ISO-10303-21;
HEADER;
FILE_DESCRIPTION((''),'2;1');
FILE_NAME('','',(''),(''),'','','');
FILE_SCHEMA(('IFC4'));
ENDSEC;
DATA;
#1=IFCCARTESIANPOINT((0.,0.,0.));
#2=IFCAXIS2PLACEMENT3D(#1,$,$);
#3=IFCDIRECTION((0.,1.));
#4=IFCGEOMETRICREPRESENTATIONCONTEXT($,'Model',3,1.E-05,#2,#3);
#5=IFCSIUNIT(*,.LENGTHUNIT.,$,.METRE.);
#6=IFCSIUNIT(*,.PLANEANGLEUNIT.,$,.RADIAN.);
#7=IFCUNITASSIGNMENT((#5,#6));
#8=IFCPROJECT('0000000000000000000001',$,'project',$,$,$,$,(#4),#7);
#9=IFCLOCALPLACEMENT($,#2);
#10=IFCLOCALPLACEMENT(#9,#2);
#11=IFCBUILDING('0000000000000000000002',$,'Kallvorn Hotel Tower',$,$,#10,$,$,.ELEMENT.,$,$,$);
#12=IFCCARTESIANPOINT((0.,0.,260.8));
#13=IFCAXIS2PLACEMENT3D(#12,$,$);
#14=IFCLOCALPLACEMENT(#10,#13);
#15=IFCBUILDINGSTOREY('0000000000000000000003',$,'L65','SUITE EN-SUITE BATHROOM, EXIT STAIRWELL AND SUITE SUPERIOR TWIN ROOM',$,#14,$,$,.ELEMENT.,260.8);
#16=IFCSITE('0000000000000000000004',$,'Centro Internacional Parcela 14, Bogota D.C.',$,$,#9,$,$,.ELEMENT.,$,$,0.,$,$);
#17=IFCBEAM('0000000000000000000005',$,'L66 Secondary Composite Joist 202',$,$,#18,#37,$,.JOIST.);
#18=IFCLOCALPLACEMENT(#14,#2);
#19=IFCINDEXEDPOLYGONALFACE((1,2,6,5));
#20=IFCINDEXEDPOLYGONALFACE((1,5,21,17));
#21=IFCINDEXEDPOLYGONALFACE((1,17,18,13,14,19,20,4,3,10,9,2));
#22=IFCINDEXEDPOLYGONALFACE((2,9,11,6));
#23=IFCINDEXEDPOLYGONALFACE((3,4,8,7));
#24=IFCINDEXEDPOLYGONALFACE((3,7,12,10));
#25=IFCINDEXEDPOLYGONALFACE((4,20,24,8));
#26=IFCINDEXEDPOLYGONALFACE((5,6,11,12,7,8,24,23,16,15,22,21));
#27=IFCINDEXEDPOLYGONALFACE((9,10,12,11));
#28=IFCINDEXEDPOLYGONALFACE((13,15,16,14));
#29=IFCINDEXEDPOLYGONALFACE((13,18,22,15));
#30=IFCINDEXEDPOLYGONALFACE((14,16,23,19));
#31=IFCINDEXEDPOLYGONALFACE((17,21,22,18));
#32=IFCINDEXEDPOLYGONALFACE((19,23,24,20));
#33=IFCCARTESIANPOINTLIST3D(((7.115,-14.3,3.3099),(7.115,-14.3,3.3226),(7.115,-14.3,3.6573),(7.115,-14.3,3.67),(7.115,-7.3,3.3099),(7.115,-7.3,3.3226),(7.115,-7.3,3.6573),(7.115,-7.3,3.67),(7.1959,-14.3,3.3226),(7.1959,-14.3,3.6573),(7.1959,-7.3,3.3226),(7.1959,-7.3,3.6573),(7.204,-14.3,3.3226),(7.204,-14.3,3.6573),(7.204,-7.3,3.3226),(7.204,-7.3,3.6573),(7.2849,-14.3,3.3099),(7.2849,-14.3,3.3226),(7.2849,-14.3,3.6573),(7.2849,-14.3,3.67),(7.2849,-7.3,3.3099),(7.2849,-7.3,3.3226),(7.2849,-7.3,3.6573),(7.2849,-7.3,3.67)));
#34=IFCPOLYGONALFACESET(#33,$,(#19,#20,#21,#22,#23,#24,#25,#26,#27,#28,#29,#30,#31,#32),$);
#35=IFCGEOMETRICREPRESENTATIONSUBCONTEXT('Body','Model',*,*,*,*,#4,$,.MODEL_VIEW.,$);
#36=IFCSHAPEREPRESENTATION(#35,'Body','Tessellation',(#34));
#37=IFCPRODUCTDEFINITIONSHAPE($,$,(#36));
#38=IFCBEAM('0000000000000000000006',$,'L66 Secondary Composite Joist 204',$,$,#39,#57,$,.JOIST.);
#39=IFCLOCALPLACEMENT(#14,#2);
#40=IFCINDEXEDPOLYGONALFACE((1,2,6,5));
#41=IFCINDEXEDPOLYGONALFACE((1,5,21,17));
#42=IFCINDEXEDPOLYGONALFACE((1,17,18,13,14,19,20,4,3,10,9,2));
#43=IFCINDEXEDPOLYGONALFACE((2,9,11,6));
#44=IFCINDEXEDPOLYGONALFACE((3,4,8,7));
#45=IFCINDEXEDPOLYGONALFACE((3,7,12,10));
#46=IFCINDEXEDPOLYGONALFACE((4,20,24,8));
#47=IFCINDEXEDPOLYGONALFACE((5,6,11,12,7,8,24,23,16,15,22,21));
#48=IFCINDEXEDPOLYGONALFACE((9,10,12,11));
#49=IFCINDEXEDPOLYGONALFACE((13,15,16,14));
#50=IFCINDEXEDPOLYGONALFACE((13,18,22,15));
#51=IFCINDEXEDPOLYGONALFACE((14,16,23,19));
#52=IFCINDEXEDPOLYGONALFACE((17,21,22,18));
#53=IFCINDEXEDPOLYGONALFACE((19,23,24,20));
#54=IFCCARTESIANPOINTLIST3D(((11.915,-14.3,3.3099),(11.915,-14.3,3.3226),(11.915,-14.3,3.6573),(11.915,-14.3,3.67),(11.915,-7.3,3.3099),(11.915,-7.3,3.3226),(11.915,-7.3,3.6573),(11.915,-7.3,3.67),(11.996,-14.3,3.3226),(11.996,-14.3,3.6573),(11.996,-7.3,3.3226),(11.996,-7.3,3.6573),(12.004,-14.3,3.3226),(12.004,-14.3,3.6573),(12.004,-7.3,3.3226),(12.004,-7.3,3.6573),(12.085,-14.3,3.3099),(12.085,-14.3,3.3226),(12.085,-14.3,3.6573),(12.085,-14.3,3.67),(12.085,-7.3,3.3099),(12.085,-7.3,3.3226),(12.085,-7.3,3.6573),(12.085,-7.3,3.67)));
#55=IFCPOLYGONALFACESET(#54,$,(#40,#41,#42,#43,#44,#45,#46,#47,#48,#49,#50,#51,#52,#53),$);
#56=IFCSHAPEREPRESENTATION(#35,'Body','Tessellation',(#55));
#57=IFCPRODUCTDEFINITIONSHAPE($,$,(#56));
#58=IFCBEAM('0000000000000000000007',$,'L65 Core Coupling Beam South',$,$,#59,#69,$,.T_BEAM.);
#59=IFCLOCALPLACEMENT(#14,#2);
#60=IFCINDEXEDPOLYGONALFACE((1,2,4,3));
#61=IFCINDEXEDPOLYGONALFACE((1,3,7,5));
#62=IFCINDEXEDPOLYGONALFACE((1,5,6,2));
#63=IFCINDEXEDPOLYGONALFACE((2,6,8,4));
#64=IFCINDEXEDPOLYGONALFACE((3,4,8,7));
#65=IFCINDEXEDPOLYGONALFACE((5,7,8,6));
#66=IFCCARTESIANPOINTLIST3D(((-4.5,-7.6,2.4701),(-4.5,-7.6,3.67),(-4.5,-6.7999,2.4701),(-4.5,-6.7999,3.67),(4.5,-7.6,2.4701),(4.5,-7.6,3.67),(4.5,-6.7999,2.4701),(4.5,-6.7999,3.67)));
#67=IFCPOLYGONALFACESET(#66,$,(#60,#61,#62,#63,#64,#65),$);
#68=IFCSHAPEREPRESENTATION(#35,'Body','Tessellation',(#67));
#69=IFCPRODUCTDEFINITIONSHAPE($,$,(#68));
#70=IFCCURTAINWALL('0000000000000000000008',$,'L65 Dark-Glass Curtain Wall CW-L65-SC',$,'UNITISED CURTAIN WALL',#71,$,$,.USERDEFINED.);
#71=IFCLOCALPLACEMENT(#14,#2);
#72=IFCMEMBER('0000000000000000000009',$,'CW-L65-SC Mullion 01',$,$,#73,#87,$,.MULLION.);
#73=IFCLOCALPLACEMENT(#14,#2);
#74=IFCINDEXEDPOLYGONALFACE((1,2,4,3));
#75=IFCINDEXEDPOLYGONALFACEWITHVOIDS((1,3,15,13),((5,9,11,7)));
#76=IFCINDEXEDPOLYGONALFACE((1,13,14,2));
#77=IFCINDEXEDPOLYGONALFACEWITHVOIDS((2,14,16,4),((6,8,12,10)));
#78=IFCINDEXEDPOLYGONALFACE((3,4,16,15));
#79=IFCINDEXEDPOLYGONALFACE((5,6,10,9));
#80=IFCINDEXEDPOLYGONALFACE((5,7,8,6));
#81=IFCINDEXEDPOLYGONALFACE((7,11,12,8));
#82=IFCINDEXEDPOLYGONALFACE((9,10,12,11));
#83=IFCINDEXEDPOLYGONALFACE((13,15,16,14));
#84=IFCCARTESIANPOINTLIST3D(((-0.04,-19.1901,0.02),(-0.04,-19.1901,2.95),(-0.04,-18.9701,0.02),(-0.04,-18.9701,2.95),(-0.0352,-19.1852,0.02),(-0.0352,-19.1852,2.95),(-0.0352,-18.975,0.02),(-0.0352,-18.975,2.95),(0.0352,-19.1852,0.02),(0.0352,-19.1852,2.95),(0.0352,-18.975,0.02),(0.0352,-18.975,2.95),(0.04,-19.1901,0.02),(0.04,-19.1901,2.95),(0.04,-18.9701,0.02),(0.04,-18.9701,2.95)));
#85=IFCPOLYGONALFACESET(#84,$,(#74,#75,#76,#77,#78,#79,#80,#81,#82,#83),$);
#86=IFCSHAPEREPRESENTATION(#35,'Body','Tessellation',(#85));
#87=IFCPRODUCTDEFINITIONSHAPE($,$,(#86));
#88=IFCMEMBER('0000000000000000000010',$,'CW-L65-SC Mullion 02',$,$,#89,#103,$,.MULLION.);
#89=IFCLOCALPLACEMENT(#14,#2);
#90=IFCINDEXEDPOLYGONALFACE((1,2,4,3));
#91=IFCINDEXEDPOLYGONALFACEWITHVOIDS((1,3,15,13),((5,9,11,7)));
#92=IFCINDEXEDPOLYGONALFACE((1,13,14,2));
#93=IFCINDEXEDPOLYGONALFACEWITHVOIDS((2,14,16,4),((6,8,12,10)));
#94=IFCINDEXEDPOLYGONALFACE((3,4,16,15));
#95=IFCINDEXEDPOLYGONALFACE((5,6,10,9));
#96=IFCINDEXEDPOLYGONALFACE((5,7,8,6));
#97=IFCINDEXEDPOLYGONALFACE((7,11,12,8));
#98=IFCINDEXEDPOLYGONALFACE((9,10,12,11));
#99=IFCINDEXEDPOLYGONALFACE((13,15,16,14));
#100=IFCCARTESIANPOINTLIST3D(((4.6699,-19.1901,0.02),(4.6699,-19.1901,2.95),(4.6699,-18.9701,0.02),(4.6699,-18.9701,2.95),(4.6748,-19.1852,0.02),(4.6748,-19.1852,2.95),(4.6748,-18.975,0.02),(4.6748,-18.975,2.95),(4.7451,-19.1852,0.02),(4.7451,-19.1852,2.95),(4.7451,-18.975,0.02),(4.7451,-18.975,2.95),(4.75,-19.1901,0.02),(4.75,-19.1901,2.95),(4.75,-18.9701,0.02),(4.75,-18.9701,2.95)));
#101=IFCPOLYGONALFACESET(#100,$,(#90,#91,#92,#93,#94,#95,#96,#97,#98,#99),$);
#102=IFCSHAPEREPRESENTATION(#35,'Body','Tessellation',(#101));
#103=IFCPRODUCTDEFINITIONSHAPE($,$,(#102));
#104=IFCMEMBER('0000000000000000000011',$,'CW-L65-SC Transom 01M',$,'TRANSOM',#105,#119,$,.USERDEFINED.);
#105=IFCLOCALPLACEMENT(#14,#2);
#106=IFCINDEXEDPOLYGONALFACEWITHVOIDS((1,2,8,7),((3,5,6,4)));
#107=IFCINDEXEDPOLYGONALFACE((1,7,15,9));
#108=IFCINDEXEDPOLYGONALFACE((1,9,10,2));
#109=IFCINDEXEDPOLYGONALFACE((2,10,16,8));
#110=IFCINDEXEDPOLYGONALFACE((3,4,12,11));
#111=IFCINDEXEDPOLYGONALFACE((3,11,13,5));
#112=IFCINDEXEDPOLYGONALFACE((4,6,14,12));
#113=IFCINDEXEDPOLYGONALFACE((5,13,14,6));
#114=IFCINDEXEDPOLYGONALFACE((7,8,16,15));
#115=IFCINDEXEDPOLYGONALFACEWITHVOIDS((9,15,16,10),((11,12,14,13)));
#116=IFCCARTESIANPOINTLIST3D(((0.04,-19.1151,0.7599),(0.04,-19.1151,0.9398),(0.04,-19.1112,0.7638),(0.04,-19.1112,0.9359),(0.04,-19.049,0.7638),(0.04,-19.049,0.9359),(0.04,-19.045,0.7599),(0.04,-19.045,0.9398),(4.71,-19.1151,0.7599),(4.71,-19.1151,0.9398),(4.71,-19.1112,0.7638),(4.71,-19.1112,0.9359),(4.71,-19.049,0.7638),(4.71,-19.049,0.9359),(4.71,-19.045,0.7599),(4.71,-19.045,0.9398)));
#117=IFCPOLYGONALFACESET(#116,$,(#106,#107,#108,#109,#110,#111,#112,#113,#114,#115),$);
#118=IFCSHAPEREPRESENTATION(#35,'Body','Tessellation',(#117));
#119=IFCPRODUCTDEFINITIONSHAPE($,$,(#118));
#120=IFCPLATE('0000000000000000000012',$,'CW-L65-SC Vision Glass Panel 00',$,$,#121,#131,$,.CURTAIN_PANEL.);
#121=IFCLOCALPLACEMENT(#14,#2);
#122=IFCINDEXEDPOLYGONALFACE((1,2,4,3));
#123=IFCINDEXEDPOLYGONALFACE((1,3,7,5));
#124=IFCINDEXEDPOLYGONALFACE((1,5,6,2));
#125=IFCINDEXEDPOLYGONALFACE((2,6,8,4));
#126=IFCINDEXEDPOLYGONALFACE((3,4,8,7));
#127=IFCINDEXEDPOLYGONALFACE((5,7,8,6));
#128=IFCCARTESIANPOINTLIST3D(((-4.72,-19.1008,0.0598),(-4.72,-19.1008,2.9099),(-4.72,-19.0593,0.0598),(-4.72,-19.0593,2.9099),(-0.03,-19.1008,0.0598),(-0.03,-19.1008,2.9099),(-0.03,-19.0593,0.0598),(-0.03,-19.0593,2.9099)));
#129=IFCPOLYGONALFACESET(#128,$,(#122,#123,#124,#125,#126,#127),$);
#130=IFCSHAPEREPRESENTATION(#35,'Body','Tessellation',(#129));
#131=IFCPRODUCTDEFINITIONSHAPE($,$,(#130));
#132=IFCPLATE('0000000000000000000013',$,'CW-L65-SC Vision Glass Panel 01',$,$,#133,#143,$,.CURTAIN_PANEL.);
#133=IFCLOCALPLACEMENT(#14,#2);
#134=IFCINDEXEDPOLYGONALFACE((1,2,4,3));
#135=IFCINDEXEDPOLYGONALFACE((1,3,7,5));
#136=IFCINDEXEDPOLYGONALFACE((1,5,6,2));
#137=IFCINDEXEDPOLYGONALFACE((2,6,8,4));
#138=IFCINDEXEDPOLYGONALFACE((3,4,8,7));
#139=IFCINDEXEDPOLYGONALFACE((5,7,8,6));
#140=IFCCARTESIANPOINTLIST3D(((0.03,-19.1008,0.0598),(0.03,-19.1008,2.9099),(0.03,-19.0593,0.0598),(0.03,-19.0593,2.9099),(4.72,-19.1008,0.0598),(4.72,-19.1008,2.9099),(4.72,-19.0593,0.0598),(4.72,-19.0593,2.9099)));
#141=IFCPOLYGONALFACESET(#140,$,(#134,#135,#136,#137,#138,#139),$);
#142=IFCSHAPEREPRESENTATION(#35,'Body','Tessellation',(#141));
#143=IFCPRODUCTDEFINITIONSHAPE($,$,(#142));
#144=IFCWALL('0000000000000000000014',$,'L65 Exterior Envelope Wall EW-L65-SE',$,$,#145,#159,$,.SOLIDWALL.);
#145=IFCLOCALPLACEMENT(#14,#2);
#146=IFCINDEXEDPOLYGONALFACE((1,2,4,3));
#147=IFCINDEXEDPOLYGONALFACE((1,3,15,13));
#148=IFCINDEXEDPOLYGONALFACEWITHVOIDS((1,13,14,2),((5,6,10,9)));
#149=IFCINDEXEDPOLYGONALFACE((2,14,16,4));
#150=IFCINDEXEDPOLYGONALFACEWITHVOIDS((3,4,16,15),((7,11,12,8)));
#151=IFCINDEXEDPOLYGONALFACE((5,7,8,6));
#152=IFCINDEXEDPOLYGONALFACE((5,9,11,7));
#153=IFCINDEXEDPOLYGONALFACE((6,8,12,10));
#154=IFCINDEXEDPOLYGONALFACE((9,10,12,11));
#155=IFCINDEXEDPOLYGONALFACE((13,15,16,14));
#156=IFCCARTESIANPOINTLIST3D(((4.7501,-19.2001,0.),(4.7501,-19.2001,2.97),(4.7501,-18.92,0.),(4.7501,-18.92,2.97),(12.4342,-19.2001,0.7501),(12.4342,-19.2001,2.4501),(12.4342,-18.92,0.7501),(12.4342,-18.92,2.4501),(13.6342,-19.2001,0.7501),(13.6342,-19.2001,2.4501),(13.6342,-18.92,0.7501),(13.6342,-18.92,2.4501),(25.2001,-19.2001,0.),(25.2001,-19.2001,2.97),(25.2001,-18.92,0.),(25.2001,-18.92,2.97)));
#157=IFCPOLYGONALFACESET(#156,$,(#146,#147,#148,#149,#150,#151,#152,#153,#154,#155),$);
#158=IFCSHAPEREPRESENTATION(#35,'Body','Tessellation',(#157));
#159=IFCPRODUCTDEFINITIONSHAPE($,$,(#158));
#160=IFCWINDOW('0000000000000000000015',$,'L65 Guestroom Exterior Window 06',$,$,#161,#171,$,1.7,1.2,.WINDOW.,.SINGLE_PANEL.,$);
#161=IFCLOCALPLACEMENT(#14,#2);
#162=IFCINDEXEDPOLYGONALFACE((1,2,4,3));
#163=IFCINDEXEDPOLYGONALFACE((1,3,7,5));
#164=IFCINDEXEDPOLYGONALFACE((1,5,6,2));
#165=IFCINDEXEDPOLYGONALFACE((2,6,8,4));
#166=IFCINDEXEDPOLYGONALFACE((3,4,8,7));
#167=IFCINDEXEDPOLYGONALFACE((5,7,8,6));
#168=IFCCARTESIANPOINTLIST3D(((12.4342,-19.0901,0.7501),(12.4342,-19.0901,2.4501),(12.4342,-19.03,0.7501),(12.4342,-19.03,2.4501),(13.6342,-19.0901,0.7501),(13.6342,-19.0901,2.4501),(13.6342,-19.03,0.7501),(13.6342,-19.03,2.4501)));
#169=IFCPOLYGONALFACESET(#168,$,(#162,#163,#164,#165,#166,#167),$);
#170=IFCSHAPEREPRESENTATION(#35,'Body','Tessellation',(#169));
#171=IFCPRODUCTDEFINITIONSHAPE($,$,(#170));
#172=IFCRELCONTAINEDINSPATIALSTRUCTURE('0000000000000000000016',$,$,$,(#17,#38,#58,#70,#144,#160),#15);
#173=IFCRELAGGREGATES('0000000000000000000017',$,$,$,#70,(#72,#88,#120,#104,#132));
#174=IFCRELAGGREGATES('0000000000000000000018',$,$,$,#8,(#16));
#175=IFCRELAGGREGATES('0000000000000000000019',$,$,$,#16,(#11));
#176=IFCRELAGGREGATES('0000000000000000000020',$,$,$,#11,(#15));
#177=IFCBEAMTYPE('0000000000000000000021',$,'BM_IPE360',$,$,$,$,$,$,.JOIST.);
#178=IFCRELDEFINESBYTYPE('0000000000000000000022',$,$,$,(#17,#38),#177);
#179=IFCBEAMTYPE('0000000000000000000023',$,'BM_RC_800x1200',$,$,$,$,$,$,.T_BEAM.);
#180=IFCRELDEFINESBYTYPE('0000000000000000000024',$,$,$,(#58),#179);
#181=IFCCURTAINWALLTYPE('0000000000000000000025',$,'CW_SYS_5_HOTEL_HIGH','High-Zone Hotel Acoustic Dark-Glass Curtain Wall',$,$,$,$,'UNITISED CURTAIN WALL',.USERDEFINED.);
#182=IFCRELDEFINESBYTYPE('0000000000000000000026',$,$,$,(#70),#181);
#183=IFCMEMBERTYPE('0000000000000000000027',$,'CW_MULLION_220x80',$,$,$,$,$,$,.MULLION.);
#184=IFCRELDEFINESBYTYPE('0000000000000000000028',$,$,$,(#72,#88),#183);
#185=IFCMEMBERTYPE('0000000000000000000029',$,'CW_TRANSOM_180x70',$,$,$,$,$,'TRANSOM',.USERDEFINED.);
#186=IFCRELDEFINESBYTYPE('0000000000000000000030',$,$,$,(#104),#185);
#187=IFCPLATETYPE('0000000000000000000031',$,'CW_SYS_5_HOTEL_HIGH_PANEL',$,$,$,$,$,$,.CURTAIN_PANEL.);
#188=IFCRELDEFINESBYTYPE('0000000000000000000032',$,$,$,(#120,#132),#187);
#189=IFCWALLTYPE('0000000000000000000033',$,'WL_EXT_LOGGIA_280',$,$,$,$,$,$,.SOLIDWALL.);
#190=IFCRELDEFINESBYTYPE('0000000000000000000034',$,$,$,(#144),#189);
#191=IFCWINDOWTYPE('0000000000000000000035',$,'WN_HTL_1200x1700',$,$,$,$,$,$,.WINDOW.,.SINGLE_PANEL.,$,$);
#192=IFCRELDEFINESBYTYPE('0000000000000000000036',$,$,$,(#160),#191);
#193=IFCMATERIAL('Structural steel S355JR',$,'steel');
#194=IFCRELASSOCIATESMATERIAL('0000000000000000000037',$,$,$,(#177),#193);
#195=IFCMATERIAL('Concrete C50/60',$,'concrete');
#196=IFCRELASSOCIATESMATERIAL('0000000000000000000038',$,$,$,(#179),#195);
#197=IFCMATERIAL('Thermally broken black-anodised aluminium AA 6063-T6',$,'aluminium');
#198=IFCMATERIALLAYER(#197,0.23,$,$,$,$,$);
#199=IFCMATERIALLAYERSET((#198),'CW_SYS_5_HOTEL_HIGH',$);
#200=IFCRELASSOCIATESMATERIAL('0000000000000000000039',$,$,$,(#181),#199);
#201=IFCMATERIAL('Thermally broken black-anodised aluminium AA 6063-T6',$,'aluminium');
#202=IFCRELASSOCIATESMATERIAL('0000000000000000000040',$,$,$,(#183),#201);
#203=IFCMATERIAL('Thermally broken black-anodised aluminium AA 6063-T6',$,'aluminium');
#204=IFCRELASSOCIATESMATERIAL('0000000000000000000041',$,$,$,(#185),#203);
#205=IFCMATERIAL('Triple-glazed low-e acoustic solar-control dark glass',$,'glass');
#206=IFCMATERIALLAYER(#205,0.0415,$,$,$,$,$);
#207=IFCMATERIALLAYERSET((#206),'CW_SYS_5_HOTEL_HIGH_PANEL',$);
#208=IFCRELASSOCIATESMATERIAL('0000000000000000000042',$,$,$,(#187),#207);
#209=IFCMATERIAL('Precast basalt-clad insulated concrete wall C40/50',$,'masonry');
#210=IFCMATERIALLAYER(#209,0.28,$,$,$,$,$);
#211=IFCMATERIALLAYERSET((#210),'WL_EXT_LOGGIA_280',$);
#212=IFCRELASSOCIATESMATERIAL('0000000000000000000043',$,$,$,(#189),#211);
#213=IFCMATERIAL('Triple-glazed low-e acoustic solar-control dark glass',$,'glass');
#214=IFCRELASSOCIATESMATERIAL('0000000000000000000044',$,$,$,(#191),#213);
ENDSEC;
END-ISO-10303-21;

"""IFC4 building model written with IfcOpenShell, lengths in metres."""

from ifc_helpers import new_model, si_unit, direction, frame, frame_2d, origin, origin_2d, place, context, subcontext, project, spatial, rectangle, hollow_rectangle, i_section, extrude, material, layer, layer_set, material_profile, profile_set, type_object, element, fill, aggregate, save


model = new_model("IFC4")

# Units and contexts
model_context = context("Model", 3, precision=1e-05, world=origin(), true_north=direction((0.0, 1.0)))
body_context = subcontext(model_context, "Body", "Model", "MODEL_VIEW")
ifc_project = project(units=[si_unit("LENGTHUNIT", "METRE"), si_unit("PLANEANGLEUNIT", "RADIAN")], contexts=[model_context])

# Site, building, storey
site_placement = place(None, origin())
site = spatial("IfcSite", under=ifc_project, at=site_placement, Name="Centro Internacional Parcela 14, Bogota D.C.", CompositionType="ELEMENT", RefElevation=0.0)
building_placement = place(site_placement, origin())
building = spatial("IfcBuilding", under=site, at=building_placement, Name="Kallvorn Hotel Tower", CompositionType="ELEMENT")
storey_placement = place(building_placement, frame((0.0, 0.0, 260.8)))
storey = spatial("IfcBuildingStorey", under=building, at=storey_placement, Name="L65", Description="SUITE EN-SUITE BATHROOM, EXIT STAIRWELL AND SUITE SUPERIOR TWIN ROOM", CompositionType="ELEMENT", Elevation=260.8)

# Beams
ifc_material_1 = material(Name="Structural steel S355JR", Category="steel")
ifc_material_profile_1 = material_profile(ifc_material_1, i_section(OverallWidth=0.1699, OverallDepth=0.3601, WebThickness=0.0081, FlangeThickness=0.0127, at=origin_2d()), Name="IPE 360")
ifc_profile_set_1 = profile_set([ifc_material_profile_1], Name="Structural steel S355JR")
beam_type_1 = type_object("IfcBeamType", Name="BM_IPE360", PredefinedType="JOIST", material=ifc_profile_set_1)
for number, where, z_axis, x_axis, name in (
    (1, (7.2, -14.3, 3.49), (0.0, 1.0, 0.0), (-1.0, 0.0, 0.0), "L66 Secondary Composite Joist 202"),
    (2, (12.0, -14.3, 3.49), (0.0, 1.0, 0.0), (-1.0, 0.0, 0.0), "L66 Secondary Composite Joist 204"),
):
    element("IfcBeam", number, at=place(storey_placement, frame(where, z_axis=z_axis, x_axis=x_axis)), inside=storey, type_object=beam_type_1, Name=name, PredefinedType="JOIST", context=body_context, shape_type="SweptSolid", body=[
        extrude(i_section(OverallWidth=0.1699, OverallDepth=0.3601, WebThickness=0.0081, FlangeThickness=0.0127, at=origin_2d()), origin(), (0.0, 0.0, 1.0), 7.0),
    ])
ifc_material_2 = material(Name="Concrete C50/60", Category="concrete")
ifc_material_profile_2 = material_profile(ifc_material_2, rectangle(XDim=0.8, YDim=1.2, at=origin_2d()), Name="RC 800x1200")
ifc_profile_set_2 = profile_set([ifc_material_profile_2], Name="Concrete C50/60")
beam_type_2 = type_object("IfcBeamType", Name="BM_RC_800x1200", PredefinedType="T_BEAM", material=ifc_profile_set_2)
beam_1_placement = place(storey_placement, frame((-4.5, -7.2, 3.0701), z_axis=(1.0, 0.0, 0.0), x_axis=(0.0, 1.0, 0.0)))
element("IfcBeam", 3, at=beam_1_placement, inside=storey, type_object=beam_type_2, Name="L65 Core Coupling Beam South", PredefinedType="T_BEAM", context=body_context, shape_type="SweptSolid", body=[
    extrude(rectangle(XDim=0.8, YDim=1.2, at=origin_2d()), origin(), (0.0, 0.0, 1.0), 9.0),
])

# Curtain wall, members, plates
ifc_material_3 = material(Name="Thermally broken black-anodised aluminium AA 6063-T6", Category="aluminium")
ifc_layer_1 = layer(ifc_material_3, 0.23)
ifc_layer_set_1 = layer_set([ifc_layer_1], Name="CW_SYS_5_HOTEL_HIGH")
curtain_wall_type = type_object("IfcCurtainWallType", Name="CW_SYS_5_HOTEL_HIGH", Description="High-Zone Hotel Acoustic Dark-Glass Curtain Wall", ElementType="UNITISED CURTAIN WALL", PredefinedType="USERDEFINED", material=ifc_layer_set_1)
curtain_wall_placement = place(storey_placement, origin())
curtain_wall = element("IfcCurtainWall", 4, at=curtain_wall_placement, inside=storey, type_object=curtain_wall_type, Name="L65 Dark-Glass Curtain Wall CW-L65-SC", ObjectType="UNITISED CURTAIN WALL", PredefinedType="USERDEFINED")
ifc_material_4 = material(Name="Thermally broken black-anodised aluminium AA 6063-T6", Category="aluminium")
ifc_material_profile_3 = material_profile(ifc_material_4, hollow_rectangle(XDim=0.0801, YDim=0.22, WallThickness=0.0049, at=origin_2d()), Name="MUL 220x80")
ifc_profile_set_3 = profile_set([ifc_material_profile_3], Name="Thermally broken black-anodised aluminium AA 6063-T6")
member_type_1 = type_object("IfcMemberType", Name="CW_MULLION_220x80", PredefinedType="MULLION", material=ifc_profile_set_3)
member_1_placement = place(storey_placement, frame((0.0, -19.0801, 0.02), z_axis=(0.0, 0.0, 1.0), x_axis=(1.0, 0.0, 0.0)))
member_1 = element("IfcMember", 5, at=member_1_placement, type_object=member_type_1, Name="CW-L65-SC Mullion 01", PredefinedType="MULLION", context=body_context, shape_type="SweptSolid", body=[
    extrude(hollow_rectangle(XDim=0.0801, YDim=0.22, WallThickness=0.0049, at=origin_2d()), origin(), (0.0, 0.0, 1.0), 2.9299),
])
member_2_placement = place(storey_placement, frame((4.71, -19.0801, 0.02), z_axis=(0.0, 0.0, 1.0), x_axis=(1.0, 0.0, 0.0)))
member_2 = element("IfcMember", 6, at=member_2_placement, type_object=member_type_1, Name="CW-L65-SC Mullion 02", PredefinedType="MULLION", context=body_context, shape_type="SweptSolid", body=[
    extrude(hollow_rectangle(XDim=0.0801, YDim=0.22, WallThickness=0.0049, at=origin_2d()), origin(), (0.0, 0.0, 1.0), 2.9299),
])
ifc_material_5 = material(Name="Thermally broken black-anodised aluminium AA 6063-T6", Category="aluminium")
ifc_material_profile_4 = material_profile(ifc_material_5, hollow_rectangle(XDim=0.0701, YDim=0.1799, WallThickness=0.0039, at=origin_2d()), Name="TRN 180x70")
ifc_profile_set_4 = profile_set([ifc_material_profile_4], Name="Thermally broken black-anodised aluminium AA 6063-T6")
member_type_2 = type_object("IfcMemberType", Name="CW_TRANSOM_180x70", ElementType="TRANSOM", PredefinedType="USERDEFINED", material=ifc_profile_set_4)
member_3_placement = place(storey_placement, frame((0.04, -19.0801, 0.8499), z_axis=(1.0, 0.0, 0.0), x_axis=(0.0, 1.0, 0.0)))
member_3 = element("IfcMember", 7, at=member_3_placement, type_object=member_type_2, Name="CW-L65-SC Transom 01M", ObjectType="TRANSOM", PredefinedType="USERDEFINED", context=body_context, shape_type="SweptSolid", body=[
    extrude(hollow_rectangle(XDim=0.0701, YDim=0.1799, WallThickness=0.0039, at=origin_2d()), origin(), (0.0, 0.0, 1.0), 4.6699),
])
ifc_material_6 = material(Name="Triple-glazed low-e acoustic solar-control dark glass", Category="glass")
ifc_layer_2 = layer(ifc_material_6, 0.0415)
ifc_layer_set_2 = layer_set([ifc_layer_2], Name="CW_SYS_5_HOTEL_HIGH_PANEL")
plate_type = type_object("IfcPlateType", Name="CW_SYS_5_HOTEL_HIGH_PANEL", PredefinedType="CURTAIN_PANEL", material=ifc_layer_set_2)
plate_1_placement = place(storey_placement, frame((-2.375, -19.0801, 0.0598), z_axis=(0.0, 0.0, 1.0), x_axis=(1.0, 0.0, 0.0)))
plate_1 = element("IfcPlate", 8, at=plate_1_placement, type_object=plate_type, Name="CW-L65-SC Vision Glass Panel 00", PredefinedType="CURTAIN_PANEL", context=body_context, shape_type="SweptSolid", body=[
    extrude(rectangle(XDim=4.6899, YDim=0.0415, at=origin_2d()), origin(), (0.0, 0.0, 1.0), 2.8501),
])
plate_2_placement = place(storey_placement, frame((2.375, -19.0801, 0.0598), z_axis=(0.0, 0.0, 1.0), x_axis=(1.0, 0.0, 0.0)))
plate_2 = element("IfcPlate", 9, at=plate_2_placement, type_object=plate_type, Name="CW-L65-SC Vision Glass Panel 01", PredefinedType="CURTAIN_PANEL", context=body_context, shape_type="SweptSolid", body=[
    extrude(rectangle(XDim=4.6899, YDim=0.0415, at=origin_2d()), origin(), (0.0, 0.0, 1.0), 2.8501),
])
aggregate(curtain_wall, [member_1, member_2, plate_1, member_3, plate_2])

# Wall, opening, window
ifc_material_7 = material(Name="Precast basalt-clad insulated concrete wall C40/50", Category="masonry")
ifc_layer_3 = layer(ifc_material_7, 0.28)
ifc_layer_set_3 = layer_set([ifc_layer_3], Name="WL_EXT_LOGGIA_280")
wall_type_1 = type_object("IfcWallType", Name="WL_EXT_LOGGIA_280", PredefinedType="SOLIDWALL", material=ifc_layer_set_3)
wall_1_placement = place(storey_placement, frame((4.75, -19.0601, 0.0), z_axis=(0.0, 0.0, 1.0), x_axis=(1.0, 0.0, 0.0)))
wall_1 = element("IfcWall", 10, at=wall_1_placement, inside=storey, type_object=wall_type_1, Name="L65 Exterior Envelope Wall EW-L65-SE", PredefinedType="SOLIDWALL", context=body_context, shape_type="SweptSolid", body=[
    extrude(rectangle(XDim=20.45, YDim=0.28, at=frame_2d((10.2251, 0.0))), origin(), (0.0, 0.0, 1.0), 2.97),
])
opening_1_placement = place(wall_1_placement, frame((7.6841, 0.0, 0.75)))
opening_1 = element("IfcOpeningElement", 11, at=opening_1_placement, cuts=wall_1, PredefinedType="OPENING", context=body_context, shape_type="SweptSolid", body=[
    extrude(rectangle(XDim=1.2, YDim=1.7, at=frame_2d((0.6001, 0.8501))), frame((0.0, 0.155, 0.0), z_axis=(0.0, -1.0, 0.0), x_axis=(1.0, 0.0, 0.0)), (0.0, 0.0, 1.0), 0.3101),
])
ifc_material_8 = material(Name="Triple-glazed low-e acoustic solar-control dark glass", Category="glass")
window_type = type_object("IfcWindowType", Name="WN_HTL_1200x1700", PartitioningType="SINGLE_PANEL", PredefinedType="WINDOW", material=ifc_material_8)
window_placement = place(opening_1_placement, origin())
window = element("IfcWindow", 12, at=window_placement, inside=storey, type_object=window_type, Name="L65 Guestroom Exterior Window 06", OverallHeight=1.7, OverallWidth=1.2, PartitioningType="SINGLE_PANEL", PredefinedType="WINDOW", context=body_context, shape_type="SweptSolid", body=[
    extrude(rectangle(XDim=1.2, YDim=1.7, at=frame_2d((0.6001, 0.8501))), frame((0.0, 0.03, 0.0), z_axis=(0.0, -1.0, 0.0), x_axis=(1.0, 0.0, 0.0)), (0.0, 0.0, 1.0), 0.0601),
])
fill(opening_1, window)

save(model, "model.ifc")
